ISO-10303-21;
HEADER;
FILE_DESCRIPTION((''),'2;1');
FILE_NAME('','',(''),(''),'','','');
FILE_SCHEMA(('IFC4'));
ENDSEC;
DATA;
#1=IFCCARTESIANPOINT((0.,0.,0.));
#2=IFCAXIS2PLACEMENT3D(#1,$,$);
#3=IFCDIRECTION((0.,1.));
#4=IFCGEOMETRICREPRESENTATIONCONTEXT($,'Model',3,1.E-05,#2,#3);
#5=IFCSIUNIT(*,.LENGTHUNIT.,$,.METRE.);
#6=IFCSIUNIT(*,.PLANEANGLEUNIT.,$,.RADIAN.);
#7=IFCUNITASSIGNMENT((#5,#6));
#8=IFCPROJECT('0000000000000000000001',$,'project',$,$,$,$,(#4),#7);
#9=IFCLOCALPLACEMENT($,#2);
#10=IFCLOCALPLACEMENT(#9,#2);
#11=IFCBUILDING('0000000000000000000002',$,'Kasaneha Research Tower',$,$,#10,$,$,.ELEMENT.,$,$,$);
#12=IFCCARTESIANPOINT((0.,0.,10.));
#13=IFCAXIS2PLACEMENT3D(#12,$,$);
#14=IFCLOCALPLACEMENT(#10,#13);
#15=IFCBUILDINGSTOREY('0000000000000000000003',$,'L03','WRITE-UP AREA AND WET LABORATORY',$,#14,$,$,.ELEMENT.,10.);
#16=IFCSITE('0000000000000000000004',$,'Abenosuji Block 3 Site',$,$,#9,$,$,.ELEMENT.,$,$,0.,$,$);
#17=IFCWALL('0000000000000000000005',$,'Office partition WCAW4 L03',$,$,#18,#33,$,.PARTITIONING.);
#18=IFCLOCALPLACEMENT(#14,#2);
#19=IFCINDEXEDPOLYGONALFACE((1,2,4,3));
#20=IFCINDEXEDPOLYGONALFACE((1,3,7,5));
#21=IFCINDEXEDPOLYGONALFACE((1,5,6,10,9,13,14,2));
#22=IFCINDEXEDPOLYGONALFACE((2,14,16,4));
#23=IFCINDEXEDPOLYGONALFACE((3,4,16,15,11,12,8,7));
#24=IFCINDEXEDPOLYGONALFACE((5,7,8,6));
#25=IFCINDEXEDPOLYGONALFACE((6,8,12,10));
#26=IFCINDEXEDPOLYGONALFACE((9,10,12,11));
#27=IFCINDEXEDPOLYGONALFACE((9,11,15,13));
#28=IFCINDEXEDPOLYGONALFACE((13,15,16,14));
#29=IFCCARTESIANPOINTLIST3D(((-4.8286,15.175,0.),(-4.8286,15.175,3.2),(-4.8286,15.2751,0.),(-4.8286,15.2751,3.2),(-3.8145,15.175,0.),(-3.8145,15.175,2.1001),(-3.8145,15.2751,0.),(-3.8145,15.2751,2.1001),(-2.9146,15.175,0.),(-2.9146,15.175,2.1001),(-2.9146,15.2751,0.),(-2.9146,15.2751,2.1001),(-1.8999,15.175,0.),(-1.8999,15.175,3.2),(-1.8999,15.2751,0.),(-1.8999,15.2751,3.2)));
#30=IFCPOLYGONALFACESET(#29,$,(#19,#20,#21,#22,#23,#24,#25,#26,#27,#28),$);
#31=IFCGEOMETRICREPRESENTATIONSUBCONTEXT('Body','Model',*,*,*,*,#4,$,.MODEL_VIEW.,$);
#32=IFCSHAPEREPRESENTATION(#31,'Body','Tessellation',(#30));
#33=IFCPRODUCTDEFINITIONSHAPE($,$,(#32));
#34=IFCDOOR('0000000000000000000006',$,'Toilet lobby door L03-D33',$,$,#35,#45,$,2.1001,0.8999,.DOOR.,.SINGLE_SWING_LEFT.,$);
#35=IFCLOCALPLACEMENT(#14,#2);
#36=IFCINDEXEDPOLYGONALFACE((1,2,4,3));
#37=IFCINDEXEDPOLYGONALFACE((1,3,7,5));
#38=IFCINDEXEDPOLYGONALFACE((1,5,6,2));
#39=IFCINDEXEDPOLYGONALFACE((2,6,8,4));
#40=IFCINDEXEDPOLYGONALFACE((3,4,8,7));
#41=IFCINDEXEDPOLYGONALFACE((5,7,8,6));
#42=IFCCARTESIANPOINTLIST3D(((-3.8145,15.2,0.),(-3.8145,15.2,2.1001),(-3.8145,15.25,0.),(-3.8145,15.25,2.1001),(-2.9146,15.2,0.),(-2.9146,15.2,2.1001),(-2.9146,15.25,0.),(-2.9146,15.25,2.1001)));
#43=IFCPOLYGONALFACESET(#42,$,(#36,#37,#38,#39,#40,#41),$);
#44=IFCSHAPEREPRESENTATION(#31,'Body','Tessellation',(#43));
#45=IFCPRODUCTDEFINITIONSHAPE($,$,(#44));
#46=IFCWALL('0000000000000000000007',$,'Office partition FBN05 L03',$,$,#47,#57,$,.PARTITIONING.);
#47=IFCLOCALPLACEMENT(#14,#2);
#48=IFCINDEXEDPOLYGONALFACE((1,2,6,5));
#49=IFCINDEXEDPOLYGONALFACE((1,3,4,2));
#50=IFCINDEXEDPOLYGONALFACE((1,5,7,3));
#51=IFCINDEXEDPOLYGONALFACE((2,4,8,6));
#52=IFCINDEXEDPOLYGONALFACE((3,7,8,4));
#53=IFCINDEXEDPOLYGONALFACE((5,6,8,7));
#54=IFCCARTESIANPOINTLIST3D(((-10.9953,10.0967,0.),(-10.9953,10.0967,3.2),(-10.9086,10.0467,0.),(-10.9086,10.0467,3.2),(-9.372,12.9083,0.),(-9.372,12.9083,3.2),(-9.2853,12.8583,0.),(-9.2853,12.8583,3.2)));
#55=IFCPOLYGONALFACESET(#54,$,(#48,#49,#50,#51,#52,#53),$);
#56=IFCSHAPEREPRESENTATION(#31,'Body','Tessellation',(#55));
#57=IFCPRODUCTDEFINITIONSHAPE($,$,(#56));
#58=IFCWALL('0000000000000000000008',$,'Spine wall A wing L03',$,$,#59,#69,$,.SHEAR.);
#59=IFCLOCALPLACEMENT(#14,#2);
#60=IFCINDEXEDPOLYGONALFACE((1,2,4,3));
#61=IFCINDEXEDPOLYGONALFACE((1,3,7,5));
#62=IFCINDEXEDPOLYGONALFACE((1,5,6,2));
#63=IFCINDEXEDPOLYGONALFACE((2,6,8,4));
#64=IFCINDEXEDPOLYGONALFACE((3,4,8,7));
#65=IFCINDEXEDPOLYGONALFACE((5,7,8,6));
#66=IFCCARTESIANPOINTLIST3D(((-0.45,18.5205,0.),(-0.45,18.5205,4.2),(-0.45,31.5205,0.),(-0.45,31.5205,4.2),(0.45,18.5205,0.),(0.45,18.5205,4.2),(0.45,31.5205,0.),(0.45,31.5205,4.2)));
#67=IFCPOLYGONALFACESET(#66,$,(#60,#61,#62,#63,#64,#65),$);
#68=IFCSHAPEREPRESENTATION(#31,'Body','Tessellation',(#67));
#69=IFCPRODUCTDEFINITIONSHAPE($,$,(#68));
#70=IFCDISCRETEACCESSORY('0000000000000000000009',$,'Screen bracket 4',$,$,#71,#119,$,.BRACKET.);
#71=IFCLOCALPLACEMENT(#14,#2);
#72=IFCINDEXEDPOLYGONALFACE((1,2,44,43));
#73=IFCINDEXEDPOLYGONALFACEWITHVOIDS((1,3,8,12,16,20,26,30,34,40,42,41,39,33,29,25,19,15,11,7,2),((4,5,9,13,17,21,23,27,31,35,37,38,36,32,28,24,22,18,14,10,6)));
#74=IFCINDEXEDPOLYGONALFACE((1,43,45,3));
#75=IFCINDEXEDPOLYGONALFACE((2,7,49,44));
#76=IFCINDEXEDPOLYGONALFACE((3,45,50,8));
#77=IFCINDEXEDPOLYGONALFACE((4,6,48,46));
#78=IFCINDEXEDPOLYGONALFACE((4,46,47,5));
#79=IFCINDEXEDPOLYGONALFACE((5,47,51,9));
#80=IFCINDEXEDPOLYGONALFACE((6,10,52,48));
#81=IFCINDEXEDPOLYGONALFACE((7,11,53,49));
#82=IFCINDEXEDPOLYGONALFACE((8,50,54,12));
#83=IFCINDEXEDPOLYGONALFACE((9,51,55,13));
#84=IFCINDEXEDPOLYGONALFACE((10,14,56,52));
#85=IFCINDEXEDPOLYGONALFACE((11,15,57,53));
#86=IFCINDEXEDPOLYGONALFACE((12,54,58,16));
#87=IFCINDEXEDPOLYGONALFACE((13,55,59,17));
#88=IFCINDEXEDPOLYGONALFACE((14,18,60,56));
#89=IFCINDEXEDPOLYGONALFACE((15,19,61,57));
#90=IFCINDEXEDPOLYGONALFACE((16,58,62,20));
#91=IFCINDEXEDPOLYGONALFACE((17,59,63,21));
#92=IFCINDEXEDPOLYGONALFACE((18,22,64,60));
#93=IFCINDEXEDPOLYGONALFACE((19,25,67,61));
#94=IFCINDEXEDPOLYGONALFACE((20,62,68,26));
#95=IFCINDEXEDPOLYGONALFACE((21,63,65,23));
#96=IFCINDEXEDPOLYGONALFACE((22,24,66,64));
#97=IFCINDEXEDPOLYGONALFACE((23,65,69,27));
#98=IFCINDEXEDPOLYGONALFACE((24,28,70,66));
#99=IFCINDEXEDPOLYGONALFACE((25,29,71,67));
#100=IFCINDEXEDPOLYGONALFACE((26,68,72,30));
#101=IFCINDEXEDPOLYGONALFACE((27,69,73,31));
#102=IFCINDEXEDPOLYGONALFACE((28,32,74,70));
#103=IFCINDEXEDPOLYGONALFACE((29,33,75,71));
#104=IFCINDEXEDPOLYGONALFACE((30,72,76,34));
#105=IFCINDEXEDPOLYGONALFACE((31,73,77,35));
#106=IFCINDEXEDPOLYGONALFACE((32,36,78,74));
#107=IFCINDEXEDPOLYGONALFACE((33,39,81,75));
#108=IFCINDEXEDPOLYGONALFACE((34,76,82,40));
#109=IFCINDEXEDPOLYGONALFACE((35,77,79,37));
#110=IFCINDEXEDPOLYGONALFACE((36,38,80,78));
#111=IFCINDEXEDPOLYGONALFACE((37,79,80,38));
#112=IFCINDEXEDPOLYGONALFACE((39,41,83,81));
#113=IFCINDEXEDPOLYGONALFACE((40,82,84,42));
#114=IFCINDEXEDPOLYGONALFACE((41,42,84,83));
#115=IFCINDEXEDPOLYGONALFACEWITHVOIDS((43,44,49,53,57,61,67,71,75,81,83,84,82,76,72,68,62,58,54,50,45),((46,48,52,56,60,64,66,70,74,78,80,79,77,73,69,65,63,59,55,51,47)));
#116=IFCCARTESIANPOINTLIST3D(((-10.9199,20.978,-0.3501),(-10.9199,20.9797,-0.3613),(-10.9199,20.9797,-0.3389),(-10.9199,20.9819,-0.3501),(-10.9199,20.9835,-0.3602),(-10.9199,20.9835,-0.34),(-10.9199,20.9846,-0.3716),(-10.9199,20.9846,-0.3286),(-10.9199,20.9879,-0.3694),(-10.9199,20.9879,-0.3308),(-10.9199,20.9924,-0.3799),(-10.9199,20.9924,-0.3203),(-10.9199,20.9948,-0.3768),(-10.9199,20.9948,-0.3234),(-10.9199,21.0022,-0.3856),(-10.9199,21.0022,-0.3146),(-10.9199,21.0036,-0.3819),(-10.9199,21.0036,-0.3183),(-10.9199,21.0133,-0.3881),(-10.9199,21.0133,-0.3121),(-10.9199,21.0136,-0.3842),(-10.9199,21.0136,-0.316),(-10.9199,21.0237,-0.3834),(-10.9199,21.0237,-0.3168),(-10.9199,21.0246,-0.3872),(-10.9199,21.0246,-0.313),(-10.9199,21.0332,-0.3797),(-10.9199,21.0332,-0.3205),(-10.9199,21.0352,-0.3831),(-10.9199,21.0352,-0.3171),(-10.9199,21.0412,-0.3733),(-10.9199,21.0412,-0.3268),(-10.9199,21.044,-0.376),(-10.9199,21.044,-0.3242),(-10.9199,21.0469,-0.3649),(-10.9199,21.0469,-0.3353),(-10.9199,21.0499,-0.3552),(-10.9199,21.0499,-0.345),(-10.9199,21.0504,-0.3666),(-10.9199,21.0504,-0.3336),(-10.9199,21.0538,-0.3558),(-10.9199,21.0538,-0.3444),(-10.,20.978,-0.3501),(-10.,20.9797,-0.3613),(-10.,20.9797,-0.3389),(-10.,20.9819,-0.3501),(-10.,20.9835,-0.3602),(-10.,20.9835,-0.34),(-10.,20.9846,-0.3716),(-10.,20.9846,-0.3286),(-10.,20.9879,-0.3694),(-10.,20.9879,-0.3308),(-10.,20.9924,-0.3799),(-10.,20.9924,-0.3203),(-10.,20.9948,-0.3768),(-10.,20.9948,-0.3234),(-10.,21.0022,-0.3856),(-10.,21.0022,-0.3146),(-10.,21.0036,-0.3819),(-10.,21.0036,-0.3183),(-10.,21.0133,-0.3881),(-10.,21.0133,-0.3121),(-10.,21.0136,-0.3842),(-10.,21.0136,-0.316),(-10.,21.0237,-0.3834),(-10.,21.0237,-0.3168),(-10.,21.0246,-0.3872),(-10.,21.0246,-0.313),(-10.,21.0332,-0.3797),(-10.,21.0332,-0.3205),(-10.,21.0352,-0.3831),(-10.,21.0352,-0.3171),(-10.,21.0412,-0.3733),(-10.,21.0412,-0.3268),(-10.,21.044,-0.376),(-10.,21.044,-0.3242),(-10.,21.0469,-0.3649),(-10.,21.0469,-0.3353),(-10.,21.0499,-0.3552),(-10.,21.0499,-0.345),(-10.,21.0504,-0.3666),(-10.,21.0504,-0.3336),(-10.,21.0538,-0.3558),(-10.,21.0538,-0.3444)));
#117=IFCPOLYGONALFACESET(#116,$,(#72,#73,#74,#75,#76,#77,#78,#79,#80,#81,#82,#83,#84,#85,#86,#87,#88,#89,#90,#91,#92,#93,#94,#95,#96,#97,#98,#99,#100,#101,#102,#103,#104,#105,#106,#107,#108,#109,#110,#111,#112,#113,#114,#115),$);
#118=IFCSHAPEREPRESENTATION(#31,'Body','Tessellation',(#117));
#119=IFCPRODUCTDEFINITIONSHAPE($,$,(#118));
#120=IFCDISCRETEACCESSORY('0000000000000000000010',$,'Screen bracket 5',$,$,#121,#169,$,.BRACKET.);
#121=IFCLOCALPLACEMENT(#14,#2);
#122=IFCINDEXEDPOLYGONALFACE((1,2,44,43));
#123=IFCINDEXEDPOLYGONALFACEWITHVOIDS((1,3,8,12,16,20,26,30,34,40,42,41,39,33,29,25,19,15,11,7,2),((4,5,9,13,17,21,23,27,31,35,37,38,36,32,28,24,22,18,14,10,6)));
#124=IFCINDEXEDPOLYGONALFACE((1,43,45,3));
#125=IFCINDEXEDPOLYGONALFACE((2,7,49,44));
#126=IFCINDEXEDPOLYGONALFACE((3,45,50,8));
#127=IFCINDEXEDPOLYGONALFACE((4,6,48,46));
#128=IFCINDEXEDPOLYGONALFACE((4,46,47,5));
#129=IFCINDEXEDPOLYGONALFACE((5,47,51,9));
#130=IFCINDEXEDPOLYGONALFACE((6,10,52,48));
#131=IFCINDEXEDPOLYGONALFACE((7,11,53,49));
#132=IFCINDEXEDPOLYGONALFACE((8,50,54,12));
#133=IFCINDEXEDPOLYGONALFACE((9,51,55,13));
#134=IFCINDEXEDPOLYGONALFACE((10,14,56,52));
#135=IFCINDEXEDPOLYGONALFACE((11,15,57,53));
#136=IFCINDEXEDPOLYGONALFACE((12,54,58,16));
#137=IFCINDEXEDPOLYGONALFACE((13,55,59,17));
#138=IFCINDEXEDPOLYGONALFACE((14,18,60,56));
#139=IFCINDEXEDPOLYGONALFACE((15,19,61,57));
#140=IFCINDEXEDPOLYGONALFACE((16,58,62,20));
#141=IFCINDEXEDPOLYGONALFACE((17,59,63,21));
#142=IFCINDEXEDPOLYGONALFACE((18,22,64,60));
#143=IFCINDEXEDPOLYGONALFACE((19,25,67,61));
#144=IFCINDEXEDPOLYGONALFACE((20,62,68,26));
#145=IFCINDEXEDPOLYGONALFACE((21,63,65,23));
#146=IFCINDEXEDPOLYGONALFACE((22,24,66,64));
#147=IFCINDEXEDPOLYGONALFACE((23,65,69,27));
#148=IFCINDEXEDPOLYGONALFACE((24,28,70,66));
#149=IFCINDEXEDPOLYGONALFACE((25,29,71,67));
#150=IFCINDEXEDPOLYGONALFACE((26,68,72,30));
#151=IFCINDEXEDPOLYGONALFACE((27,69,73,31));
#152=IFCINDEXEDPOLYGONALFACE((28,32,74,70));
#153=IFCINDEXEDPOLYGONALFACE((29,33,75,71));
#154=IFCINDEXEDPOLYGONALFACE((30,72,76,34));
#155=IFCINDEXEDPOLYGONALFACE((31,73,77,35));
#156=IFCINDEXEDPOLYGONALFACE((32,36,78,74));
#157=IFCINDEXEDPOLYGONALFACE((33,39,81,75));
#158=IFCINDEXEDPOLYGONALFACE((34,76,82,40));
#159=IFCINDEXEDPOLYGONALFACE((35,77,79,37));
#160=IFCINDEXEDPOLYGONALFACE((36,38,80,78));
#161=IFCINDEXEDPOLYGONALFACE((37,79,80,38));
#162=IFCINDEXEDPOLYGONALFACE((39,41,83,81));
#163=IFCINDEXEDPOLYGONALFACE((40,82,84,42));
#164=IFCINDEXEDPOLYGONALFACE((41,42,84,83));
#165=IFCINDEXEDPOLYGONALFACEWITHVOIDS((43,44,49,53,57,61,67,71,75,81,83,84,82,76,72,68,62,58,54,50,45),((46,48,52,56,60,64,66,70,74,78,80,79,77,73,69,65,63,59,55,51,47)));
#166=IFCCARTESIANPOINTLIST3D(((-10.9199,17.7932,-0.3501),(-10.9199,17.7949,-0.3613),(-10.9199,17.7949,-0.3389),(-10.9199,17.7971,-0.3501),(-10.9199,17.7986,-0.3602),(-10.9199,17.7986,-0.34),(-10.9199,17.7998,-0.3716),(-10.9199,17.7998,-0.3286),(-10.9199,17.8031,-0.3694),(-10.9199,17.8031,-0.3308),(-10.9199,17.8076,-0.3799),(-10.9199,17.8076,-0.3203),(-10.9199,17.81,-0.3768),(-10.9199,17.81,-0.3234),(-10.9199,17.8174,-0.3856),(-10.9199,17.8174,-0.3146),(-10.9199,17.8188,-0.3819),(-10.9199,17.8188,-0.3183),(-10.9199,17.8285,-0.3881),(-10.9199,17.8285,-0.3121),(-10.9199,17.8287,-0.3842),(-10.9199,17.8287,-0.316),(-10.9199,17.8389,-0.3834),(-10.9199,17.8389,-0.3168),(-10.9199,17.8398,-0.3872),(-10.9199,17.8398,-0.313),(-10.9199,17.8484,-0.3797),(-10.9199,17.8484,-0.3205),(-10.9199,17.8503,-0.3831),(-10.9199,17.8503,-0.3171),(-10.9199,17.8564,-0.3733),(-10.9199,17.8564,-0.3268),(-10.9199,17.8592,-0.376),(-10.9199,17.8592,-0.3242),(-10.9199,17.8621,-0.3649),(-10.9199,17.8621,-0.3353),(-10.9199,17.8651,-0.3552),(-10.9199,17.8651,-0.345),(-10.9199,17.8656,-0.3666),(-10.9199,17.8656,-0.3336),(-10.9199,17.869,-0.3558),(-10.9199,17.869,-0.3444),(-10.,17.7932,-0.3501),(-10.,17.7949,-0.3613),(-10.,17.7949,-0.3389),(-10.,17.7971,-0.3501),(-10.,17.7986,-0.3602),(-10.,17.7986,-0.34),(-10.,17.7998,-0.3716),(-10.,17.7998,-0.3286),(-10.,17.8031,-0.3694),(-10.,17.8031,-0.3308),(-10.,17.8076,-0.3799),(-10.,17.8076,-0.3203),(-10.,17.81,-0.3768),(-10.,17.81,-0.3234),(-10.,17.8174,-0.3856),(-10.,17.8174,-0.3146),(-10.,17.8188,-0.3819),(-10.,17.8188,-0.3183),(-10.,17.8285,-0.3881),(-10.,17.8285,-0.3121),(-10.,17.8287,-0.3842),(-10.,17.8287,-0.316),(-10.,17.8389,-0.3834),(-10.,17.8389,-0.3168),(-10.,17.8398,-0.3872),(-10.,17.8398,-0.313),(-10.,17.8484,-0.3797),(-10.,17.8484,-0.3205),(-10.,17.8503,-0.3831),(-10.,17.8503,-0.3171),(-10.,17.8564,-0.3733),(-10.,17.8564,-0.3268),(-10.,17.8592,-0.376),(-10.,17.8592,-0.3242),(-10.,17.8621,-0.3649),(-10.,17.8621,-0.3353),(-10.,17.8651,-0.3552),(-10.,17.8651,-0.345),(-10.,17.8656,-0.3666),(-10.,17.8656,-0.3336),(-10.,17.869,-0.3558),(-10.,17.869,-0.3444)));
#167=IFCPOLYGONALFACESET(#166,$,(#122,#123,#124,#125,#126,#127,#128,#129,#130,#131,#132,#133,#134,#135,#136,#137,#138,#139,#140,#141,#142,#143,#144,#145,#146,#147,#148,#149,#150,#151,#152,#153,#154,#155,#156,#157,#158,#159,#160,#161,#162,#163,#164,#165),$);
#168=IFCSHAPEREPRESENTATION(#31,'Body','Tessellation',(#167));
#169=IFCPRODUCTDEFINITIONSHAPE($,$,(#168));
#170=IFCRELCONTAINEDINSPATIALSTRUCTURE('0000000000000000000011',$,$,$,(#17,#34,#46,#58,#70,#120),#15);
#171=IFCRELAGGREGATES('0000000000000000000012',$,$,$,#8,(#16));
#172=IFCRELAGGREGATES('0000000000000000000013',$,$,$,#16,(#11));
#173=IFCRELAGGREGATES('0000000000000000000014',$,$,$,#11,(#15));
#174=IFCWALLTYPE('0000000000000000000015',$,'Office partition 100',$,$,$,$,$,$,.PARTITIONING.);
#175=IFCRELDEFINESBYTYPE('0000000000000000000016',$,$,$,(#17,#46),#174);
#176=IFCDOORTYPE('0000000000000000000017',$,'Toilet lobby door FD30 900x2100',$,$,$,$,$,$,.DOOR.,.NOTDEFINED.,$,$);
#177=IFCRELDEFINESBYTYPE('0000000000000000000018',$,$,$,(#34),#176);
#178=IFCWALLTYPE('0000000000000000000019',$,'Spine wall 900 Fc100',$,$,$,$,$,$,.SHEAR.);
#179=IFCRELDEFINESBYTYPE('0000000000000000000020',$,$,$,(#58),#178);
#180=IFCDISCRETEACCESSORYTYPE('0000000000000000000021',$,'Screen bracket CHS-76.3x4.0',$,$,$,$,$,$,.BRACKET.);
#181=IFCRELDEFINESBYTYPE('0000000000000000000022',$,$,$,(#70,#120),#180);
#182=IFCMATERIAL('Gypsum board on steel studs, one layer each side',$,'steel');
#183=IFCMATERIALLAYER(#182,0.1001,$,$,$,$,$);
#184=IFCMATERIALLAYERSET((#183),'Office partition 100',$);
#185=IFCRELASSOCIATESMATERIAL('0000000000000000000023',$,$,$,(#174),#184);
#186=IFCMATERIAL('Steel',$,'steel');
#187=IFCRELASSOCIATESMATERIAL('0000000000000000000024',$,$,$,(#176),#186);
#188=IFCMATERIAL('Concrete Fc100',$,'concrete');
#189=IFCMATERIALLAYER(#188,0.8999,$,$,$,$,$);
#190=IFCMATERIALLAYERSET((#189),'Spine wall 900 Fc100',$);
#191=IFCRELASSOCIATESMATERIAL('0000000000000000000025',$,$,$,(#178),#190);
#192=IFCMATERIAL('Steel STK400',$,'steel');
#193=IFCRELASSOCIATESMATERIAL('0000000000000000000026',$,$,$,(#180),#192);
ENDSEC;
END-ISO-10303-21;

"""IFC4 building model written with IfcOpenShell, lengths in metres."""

from ifc_helpers import new_model, si_unit, direction, frame, frame_2d, origin, origin_2d, place, context, subcontext, project, spatial, rectangle, hollow_circle, extrude, material, layer, layer_set, material_profile, profile_set, type_object, element, fill, save


model = new_model("IFC4")

# Units and contexts
model_context = context("Model", 3, precision=1e-05, world=origin(), true_north=direction((0.0, 1.0)))
body_context = subcontext(model_context, "Body", "Model", "MODEL_VIEW")
ifc_project = project(units=[si_unit("LENGTHUNIT", "METRE"), si_unit("PLANEANGLEUNIT", "RADIAN")], contexts=[model_context])

# Site, building, storey
site_placement = place(None, origin())
site = spatial("IfcSite", under=ifc_project, at=site_placement, Name="Abenosuji Block 3 Site", CompositionType="ELEMENT", RefElevation=0.0)
building_placement = place(site_placement, origin())
building = spatial("IfcBuilding", under=site, at=building_placement, Name="Kasaneha Research Tower", CompositionType="ELEMENT")
storey_placement = place(building_placement, frame((0.0, 0.0, 10.0)))
storey = spatial("IfcBuildingStorey", under=building, at=storey_placement, Name="L03", Description="WRITE-UP AREA AND WET LABORATORY", CompositionType="ELEMENT", Elevation=10.0)

# Wall, opening, door
ifc_material_1 = material(Name="Gypsum board on steel studs, one layer each side", Category="steel")
ifc_layer_1 = layer(ifc_material_1, 0.1001)
ifc_layer_set_1 = layer_set([ifc_layer_1], Name="Office partition 100")
wall_type_1 = type_object("IfcWallType", Name="Office partition 100", PredefinedType="PARTITIONING", material=ifc_layer_set_1)
ifc_material_2 = material(Name="Steel", Category="steel")
door_type_1 = type_object("IfcDoorType", Name="Toilet lobby door FD30 900x2100", OperationType="NOTDEFINED", PredefinedType="DOOR", material=ifc_material_2)
wall_1_placement = place(storey_placement, frame((-4.8286, 15.2251, 0.0), z_axis=(0.0, 0.0, 1.0), x_axis=(1.0, 0.0, 0.0)))
wall_1 = element("IfcWall", 1, at=wall_1_placement, inside=storey, type_object=wall_type_1, Name="Office partition WCAW4 L03", PredefinedType="PARTITIONING", context=body_context, shape_type="SweptSolid", body=[
    extrude(rectangle(XDim=2.9287, YDim=0.1001, at=frame_2d((1.4644, 0.0))), origin(), (0.0, 0.0, 1.0), 3.2),
])
opening_1_placement = place(wall_1_placement, frame((1.0142, 0.0, 0.0)))
opening_1 = element("IfcOpeningElement", 2, at=opening_1_placement, cuts=wall_1, PredefinedType="OPENING", context=body_context, shape_type="SweptSolid", body=[
    extrude(rectangle(XDim=0.8999, YDim=2.1001, at=frame_2d((0.45, 1.05))), frame((0.0, 0.0601, 0.0), z_axis=(0.0, -1.0, 0.0), x_axis=(1.0, 0.0, 0.0)), (0.0, 0.0, 1.0), 0.1201),
])
door_1_placement = place(opening_1_placement, origin())
door_1 = element("IfcDoor", 3, at=door_1_placement, inside=storey, type_object=door_type_1, Name="Toilet lobby door L03-D33", OperationType="SINGLE_SWING_LEFT", OverallHeight=2.1001, OverallWidth=0.8999, PredefinedType="DOOR", context=body_context, shape_type="SweptSolid", body=[
    extrude(rectangle(XDim=0.8999, YDim=2.1001, at=frame_2d((0.45, 1.05))), frame((0.0, 0.0249, 0.0), z_axis=(0.0, -1.0, 0.0), x_axis=(1.0, 0.0, 0.0)), (0.0, 0.0, 1.0), 0.05),
])
fill(opening_1, door_1)

# Walls
wall_2_placement = place(storey_placement, frame((-9.3286, 12.8833, 0.0), z_axis=(0.0, 0.0, 1.0), x_axis=(-0.500013, -0.866018, 0.0)))
element("IfcWall", 4, at=wall_2_placement, inside=storey, type_object=wall_type_1, Name="Office partition FBN05 L03", PredefinedType="PARTITIONING", context=body_context, shape_type="SweptSolid", body=[
    extrude(rectangle(XDim=3.2466, YDim=0.1001, at=frame_2d((1.6233, 0.0))), origin(), (0.0, 0.0, 1.0), 3.2),
])
ifc_material_3 = material(Name="Concrete Fc100", Category="concrete")
ifc_layer_2 = layer(ifc_material_3, 0.8999)
ifc_layer_set_2 = layer_set([ifc_layer_2], Name="Spine wall 900 Fc100")
wall_type_2 = type_object("IfcWallType", Name="Spine wall 900 Fc100", PredefinedType="SHEAR", material=ifc_layer_set_2)
wall_3_placement = place(storey_placement, frame((0.0, 18.5205, 0.0), z_axis=(0.0, 0.0, 1.0), x_axis=(0.0, 1.0, 0.0)))
element("IfcWall", 5, at=wall_3_placement, inside=storey, type_object=wall_type_2, Name="Spine wall A wing L03", PredefinedType="SHEAR", context=body_context, shape_type="SweptSolid", body=[
    extrude(rectangle(XDim=13.0, YDim=0.8999, at=frame_2d((6.5, 0.0))), origin(), (0.0, 0.0, 1.0), 4.2),
])

# Discrete accessories
ifc_material_4 = material(Name="Steel STK400", Category="steel")
ifc_material_profile_1 = material_profile(ifc_material_4, hollow_circle(Radius=0.0381, WallThickness=0.0039, at=origin_2d()), Name="CHS-76.3x4.0")
ifc_profile_set_1 = profile_set([ifc_material_profile_1], Name="Steel STK400")
discrete_accessory_type = type_object("IfcDiscreteAccessoryType", Name="Screen bracket CHS-76.3x4.0", PredefinedType="BRACKET", material=ifc_profile_set_1)
for number, where, z_axis, x_axis, name in (
    (6, (-10.0, 21.0161, -0.3501), (-1.0, 0.0, 0.0), (0.0, -1.0, 0.0), "Screen bracket 4"),
    (7, (-10.0, 17.8313, -0.3501), (-1.0, 0.0, 0.0), (0.0, -1.0, 0.0), "Screen bracket 5"),
):
    element("IfcDiscreteAccessory", number, at=place(storey_placement, frame(where, z_axis=z_axis, x_axis=x_axis)), inside=storey, type_object=discrete_accessory_type, Name=name, PredefinedType="BRACKET", context=body_context, shape_type="SweptSolid", body=[
        extrude(hollow_circle(Radius=0.0381, WallThickness=0.0039, at=origin_2d()), origin(), (0.0, 0.0, 1.0), 0.9199),
    ])

save(model, "model.ifc")
